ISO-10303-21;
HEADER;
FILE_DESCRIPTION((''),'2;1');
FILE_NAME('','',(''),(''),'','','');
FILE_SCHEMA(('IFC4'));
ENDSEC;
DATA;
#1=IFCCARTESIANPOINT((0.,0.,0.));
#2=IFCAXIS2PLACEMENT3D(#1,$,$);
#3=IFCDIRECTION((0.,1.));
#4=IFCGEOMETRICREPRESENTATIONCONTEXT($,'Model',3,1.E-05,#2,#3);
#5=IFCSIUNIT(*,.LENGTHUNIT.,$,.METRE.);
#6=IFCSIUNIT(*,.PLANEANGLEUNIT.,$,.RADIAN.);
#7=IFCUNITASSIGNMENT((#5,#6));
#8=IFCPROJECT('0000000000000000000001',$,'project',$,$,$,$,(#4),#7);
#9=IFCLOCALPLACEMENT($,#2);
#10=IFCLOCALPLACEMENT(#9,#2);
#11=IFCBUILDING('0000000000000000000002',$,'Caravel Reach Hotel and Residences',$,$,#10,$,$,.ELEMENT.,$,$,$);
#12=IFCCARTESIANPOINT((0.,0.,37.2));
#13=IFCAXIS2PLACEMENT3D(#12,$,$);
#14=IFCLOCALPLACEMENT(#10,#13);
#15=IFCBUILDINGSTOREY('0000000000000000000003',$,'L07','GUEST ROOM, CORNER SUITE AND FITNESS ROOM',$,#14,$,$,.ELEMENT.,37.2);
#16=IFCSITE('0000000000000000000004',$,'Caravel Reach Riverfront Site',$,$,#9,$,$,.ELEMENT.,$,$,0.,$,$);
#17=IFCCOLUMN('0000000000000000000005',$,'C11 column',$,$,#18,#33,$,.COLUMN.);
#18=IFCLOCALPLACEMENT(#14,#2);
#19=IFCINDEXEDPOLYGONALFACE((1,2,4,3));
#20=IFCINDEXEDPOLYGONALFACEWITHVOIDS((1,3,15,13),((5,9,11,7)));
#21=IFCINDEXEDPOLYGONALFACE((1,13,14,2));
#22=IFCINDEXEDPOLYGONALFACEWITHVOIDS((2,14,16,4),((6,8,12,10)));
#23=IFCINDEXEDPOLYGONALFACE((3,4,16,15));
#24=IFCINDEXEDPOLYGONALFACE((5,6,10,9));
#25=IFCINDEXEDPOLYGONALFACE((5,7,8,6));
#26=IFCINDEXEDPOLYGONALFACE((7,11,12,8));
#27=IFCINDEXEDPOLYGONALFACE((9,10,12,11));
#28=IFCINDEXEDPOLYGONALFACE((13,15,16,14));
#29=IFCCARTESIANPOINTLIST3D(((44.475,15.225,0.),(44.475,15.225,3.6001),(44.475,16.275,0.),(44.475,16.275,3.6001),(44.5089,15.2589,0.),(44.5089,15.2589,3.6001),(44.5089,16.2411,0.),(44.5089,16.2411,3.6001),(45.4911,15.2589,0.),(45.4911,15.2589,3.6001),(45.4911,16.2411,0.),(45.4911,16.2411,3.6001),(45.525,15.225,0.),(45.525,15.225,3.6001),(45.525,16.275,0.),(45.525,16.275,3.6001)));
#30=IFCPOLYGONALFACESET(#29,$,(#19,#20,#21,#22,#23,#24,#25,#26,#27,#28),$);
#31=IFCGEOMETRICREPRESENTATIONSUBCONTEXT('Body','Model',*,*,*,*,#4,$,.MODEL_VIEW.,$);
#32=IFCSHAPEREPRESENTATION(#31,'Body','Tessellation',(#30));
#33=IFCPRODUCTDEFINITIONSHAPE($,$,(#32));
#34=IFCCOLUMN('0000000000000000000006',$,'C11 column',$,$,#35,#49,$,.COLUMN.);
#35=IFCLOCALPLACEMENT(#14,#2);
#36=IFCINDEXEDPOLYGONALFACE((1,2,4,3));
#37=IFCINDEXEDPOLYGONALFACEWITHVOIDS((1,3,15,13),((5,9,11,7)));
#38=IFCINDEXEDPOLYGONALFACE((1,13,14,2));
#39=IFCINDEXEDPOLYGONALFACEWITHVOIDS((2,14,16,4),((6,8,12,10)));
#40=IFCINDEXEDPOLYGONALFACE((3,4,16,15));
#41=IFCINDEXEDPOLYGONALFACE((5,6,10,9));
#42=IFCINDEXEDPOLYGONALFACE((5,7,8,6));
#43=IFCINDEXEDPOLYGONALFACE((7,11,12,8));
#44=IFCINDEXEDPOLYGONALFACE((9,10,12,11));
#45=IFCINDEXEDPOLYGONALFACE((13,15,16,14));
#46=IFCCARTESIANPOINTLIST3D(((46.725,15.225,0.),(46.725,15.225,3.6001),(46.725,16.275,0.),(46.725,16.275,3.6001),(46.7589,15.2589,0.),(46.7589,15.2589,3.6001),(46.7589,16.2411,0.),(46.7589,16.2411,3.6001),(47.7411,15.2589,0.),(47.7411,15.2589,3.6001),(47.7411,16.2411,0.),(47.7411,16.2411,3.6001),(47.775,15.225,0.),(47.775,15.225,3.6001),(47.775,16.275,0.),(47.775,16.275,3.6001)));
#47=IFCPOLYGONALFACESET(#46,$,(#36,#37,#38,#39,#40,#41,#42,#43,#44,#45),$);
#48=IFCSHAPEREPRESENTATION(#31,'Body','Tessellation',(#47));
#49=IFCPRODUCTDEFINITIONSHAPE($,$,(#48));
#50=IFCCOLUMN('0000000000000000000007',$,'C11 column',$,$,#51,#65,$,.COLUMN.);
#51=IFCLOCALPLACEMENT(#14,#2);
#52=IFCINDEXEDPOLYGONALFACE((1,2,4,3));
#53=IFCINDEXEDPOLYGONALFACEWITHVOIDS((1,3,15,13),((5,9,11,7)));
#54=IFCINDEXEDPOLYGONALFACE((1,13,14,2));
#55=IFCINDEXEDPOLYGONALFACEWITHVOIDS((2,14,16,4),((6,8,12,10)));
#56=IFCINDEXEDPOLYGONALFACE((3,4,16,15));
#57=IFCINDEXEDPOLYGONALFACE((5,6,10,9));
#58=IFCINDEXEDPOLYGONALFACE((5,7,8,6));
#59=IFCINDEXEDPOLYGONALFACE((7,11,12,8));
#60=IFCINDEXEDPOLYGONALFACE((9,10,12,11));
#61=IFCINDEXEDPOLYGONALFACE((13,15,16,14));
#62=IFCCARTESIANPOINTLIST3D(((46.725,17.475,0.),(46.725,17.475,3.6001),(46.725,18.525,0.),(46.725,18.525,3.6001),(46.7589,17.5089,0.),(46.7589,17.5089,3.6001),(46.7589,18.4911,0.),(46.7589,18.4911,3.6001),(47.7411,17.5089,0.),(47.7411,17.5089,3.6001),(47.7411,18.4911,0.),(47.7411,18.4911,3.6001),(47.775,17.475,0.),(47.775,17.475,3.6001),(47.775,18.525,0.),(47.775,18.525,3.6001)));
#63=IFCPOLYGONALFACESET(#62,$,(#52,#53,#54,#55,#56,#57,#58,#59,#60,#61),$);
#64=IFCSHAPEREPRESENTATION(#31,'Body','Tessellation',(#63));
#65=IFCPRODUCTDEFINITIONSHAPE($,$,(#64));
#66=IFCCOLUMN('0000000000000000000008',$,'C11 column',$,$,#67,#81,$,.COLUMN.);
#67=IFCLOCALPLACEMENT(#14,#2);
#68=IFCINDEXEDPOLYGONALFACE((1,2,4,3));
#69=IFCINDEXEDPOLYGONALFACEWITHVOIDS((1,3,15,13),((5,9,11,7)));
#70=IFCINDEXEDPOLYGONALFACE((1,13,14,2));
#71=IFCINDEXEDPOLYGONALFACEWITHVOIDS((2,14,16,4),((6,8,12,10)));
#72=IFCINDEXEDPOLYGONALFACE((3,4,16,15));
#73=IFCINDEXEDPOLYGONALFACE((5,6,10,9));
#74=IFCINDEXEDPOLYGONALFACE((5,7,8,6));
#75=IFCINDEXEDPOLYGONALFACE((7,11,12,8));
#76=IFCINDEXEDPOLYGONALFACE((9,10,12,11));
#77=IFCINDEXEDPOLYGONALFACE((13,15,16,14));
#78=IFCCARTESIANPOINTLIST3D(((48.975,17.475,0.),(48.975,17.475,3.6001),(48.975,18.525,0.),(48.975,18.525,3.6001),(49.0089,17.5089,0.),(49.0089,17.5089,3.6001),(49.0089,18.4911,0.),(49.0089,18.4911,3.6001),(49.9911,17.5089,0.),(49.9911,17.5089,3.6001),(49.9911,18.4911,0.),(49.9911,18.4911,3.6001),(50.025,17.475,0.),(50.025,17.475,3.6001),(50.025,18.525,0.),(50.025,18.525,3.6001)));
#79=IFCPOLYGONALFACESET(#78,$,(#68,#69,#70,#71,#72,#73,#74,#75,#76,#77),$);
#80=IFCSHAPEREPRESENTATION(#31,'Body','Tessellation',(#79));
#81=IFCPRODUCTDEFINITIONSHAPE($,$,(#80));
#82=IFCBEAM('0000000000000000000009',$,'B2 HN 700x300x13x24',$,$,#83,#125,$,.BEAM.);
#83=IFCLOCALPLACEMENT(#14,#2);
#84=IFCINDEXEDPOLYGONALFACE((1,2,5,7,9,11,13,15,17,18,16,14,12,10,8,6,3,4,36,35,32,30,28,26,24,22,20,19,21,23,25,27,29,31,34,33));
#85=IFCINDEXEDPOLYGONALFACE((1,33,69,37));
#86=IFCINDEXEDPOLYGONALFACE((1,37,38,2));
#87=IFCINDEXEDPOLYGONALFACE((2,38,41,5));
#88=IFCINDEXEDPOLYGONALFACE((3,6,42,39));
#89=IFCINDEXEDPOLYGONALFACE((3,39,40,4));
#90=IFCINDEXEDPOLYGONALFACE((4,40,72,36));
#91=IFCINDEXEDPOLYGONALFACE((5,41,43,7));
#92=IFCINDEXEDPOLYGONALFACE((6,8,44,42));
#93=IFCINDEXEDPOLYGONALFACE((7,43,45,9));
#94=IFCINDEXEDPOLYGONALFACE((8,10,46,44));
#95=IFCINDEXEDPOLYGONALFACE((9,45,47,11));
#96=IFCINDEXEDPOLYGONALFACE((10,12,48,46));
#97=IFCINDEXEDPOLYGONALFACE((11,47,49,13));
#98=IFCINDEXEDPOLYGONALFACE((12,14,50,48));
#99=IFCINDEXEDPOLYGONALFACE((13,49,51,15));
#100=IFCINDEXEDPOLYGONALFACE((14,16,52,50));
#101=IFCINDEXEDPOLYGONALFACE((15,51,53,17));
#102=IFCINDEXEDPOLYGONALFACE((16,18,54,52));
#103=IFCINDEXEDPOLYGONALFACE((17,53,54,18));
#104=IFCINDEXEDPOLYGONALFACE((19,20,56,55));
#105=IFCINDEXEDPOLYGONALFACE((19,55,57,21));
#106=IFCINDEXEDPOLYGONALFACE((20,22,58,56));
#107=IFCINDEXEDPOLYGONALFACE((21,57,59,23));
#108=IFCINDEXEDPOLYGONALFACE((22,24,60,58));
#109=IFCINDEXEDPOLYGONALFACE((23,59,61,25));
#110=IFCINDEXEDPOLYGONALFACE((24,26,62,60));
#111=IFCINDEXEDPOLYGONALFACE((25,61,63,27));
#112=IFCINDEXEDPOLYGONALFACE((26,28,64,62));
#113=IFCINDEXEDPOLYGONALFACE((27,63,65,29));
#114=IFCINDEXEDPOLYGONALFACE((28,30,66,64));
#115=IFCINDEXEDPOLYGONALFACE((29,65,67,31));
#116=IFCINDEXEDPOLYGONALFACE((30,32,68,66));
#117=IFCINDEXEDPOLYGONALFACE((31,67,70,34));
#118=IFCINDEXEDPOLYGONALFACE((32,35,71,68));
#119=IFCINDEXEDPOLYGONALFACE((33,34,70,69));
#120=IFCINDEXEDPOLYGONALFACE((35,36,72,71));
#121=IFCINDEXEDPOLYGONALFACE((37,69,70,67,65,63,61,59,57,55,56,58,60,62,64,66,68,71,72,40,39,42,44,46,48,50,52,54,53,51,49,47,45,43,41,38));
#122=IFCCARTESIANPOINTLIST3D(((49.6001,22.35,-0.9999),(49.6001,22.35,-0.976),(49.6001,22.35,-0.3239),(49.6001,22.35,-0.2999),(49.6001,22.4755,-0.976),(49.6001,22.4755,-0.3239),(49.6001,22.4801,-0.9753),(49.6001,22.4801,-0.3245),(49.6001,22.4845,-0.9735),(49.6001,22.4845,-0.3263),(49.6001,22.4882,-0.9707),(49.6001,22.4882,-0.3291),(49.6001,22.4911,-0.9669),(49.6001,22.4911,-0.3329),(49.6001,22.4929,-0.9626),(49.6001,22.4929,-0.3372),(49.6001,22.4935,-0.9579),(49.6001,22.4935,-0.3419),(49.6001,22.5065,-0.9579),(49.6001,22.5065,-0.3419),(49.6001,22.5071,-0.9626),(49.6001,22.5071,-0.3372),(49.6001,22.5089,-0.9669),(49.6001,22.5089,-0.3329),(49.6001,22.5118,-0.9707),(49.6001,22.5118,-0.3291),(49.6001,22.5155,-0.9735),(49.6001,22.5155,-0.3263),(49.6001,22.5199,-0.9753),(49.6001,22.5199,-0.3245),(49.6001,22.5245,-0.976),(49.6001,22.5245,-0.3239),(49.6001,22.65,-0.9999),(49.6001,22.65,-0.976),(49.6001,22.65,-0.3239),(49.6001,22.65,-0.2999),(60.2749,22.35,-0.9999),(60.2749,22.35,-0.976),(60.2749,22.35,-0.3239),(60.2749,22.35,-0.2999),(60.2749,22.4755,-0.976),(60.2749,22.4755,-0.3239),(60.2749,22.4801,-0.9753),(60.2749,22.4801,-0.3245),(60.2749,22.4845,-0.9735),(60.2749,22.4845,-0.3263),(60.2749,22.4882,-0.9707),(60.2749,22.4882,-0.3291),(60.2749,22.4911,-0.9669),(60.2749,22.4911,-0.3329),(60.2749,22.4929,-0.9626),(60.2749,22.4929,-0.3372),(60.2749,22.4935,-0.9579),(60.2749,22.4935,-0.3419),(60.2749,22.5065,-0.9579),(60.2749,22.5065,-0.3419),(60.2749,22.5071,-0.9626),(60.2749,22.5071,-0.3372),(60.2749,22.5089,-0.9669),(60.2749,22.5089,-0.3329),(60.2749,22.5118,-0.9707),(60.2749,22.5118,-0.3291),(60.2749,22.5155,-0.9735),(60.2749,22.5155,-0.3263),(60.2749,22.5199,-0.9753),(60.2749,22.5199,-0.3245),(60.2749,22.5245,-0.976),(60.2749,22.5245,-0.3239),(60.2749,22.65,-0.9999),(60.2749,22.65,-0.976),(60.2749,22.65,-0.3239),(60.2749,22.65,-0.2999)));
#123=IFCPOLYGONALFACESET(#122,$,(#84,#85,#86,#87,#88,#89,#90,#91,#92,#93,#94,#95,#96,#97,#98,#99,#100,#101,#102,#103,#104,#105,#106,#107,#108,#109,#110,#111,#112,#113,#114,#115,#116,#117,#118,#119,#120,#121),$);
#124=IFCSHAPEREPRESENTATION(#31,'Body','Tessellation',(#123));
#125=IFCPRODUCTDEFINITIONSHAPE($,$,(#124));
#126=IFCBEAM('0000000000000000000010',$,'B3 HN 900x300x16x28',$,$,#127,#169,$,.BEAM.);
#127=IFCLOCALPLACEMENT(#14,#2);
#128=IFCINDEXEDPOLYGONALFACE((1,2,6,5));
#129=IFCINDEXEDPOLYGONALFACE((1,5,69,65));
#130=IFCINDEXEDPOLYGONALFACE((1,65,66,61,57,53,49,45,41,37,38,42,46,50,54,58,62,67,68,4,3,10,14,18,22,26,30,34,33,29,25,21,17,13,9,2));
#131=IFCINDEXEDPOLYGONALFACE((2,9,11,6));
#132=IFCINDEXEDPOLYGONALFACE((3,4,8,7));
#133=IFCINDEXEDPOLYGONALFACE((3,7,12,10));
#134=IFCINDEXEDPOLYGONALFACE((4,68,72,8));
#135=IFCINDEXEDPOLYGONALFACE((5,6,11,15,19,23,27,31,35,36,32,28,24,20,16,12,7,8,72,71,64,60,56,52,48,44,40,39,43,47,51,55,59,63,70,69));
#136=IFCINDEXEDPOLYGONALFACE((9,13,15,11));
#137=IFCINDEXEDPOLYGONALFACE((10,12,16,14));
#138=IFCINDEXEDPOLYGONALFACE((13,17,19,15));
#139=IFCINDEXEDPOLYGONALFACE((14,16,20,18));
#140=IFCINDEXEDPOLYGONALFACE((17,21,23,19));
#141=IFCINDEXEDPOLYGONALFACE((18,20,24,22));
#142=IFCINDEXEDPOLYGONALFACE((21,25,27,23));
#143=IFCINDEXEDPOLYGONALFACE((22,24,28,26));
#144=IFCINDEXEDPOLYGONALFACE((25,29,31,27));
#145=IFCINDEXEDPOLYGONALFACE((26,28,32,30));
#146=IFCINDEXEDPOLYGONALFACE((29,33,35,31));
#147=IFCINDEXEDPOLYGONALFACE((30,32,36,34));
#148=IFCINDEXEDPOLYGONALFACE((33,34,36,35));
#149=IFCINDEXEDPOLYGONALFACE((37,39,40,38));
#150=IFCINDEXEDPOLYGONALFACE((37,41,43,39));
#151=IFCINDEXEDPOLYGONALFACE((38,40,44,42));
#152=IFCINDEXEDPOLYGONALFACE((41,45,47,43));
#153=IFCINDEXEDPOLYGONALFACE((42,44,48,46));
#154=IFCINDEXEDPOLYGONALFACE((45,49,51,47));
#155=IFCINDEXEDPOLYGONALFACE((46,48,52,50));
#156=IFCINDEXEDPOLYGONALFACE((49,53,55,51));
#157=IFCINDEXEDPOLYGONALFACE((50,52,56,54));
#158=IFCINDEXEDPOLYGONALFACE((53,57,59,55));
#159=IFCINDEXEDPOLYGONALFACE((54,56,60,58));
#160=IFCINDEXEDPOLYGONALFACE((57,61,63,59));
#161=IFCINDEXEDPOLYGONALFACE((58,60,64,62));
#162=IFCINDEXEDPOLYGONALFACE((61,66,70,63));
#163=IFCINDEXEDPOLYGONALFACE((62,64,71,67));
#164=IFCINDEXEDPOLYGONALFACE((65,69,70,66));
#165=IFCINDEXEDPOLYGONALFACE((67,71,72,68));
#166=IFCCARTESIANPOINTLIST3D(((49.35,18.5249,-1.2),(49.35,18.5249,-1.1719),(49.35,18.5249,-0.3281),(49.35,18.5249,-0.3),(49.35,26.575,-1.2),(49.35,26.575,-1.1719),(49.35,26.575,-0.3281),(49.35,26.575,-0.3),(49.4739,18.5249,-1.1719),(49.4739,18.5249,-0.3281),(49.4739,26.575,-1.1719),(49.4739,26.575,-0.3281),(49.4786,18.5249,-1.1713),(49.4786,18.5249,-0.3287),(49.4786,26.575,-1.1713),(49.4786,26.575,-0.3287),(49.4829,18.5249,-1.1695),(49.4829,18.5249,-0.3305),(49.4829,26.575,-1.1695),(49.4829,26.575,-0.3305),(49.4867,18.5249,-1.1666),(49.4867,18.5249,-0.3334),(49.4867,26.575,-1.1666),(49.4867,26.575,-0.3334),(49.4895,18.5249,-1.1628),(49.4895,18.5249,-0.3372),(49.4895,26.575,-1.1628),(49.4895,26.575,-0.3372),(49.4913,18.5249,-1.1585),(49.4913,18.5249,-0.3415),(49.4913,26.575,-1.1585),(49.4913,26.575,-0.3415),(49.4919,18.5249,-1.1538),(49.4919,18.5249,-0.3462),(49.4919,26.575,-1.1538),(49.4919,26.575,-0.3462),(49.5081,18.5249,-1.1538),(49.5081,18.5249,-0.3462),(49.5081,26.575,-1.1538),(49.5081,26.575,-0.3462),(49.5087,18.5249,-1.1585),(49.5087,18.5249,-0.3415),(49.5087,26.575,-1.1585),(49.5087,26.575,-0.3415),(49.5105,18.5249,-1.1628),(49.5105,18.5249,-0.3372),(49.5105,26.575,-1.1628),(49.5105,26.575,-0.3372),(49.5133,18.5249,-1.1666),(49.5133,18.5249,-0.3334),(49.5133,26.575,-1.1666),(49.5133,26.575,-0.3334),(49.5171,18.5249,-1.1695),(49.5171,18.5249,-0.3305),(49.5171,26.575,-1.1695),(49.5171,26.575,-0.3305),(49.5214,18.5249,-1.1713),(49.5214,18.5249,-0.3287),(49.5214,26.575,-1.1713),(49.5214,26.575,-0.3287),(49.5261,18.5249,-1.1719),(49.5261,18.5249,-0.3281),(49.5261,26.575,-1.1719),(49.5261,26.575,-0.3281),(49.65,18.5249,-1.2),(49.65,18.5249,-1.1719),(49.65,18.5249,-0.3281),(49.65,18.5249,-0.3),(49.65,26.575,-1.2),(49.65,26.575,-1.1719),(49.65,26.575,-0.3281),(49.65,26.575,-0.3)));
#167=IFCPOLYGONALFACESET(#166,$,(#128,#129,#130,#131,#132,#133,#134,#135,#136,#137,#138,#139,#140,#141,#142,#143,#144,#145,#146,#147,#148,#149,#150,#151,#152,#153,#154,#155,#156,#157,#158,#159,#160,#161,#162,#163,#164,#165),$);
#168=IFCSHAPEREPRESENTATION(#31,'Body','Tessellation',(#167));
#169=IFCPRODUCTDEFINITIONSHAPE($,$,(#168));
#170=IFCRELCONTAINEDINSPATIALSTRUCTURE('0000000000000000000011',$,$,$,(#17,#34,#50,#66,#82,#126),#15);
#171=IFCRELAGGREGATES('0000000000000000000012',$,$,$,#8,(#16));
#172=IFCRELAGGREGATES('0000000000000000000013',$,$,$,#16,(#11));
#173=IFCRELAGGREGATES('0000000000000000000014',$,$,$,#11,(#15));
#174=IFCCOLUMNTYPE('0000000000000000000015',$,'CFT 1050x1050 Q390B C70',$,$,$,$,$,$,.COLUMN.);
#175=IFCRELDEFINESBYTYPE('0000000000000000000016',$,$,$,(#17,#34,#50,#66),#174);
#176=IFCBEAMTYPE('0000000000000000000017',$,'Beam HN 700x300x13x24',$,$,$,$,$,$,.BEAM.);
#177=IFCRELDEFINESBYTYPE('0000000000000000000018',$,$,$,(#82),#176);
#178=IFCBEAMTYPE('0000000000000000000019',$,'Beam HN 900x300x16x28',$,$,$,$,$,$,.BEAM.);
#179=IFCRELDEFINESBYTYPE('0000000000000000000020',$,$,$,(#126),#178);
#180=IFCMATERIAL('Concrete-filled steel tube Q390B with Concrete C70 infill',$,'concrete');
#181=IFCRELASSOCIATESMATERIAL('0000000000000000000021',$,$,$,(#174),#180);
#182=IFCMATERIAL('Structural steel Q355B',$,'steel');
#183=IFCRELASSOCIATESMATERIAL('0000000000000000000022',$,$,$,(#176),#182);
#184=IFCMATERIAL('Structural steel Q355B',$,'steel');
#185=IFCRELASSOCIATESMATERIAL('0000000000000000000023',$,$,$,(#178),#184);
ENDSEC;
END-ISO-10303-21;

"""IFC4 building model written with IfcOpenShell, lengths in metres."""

from ifc_helpers import new_model, si_unit, direction, frame, origin, origin_2d, place, context, subcontext, project, spatial, hollow_rectangle, i_section, extrude, material, material_profile, profile_set, type_object, element, save


model = new_model("IFC4")

# Units and contexts
model_context = context("Model", 3, precision=1e-05, world=origin(), true_north=direction((0.0, 1.0)))
body_context = subcontext(model_context, "Body", "Model", "MODEL_VIEW")
ifc_project = project(units=[si_unit("LENGTHUNIT", "METRE"), si_unit("PLANEANGLEUNIT", "RADIAN")], contexts=[model_context])

# Site, building, storey
site_placement = place(None, origin())
site = spatial("IfcSite", under=ifc_project, at=site_placement, Name="Caravel Reach Riverfront Site", CompositionType="ELEMENT", RefElevation=0.0)
building_placement = place(site_placement, origin())
building = spatial("IfcBuilding", under=site, at=building_placement, Name="Caravel Reach Hotel and Residences", CompositionType="ELEMENT")
storey_placement = place(building_placement, frame((0.0, 0.0, 37.2)))
storey = spatial("IfcBuildingStorey", under=building, at=storey_placement, Name="L07", Description="GUEST ROOM, CORNER SUITE AND FITNESS ROOM", CompositionType="ELEMENT", Elevation=37.2)

# Columns
ifc_material_1 = material(Name="Concrete-filled steel tube Q390B with Concrete C70 infill", Category="concrete")
ifc_material_profile_1 = material_profile(ifc_material_1, hollow_rectangle(XDim=1.05, YDim=1.05, WallThickness=0.0339, at=origin_2d()), Name="RHS 1050x1050x34")
ifc_profile_set_1 = profile_set([ifc_material_profile_1], Name="Concrete-filled steel tube Q390B with Concrete C70 infill")
column_type = type_object("IfcColumnType", Name="CFT 1050x1050 Q390B C70", PredefinedType="COLUMN", material=ifc_profile_set_1)
for number, where, z_axis, x_axis, name in (
    (1, (45.0, 15.75, 0.0), (0.0, 0.0, 1.0), (1.0, 0.0, 0.0), "C11 column"),
    (2, (47.25, 15.75, 0.0), (0.0, 0.0, 1.0), (1.0, 0.0, 0.0), "C11 column"),
    (3, (47.25, 18.0, 0.0), (0.0, 0.0, 1.0), (1.0, 0.0, 0.0), "C11 column"),
    (4, (49.5, 18.0, 0.0), (0.0, 0.0, 1.0), (1.0, 0.0, 0.0), "C11 column"),
):
    element("IfcColumn", number, at=place(storey_placement, frame(where, z_axis=z_axis, x_axis=x_axis)), inside=storey, type_object=column_type, Name=name, PredefinedType="COLUMN", context=body_context, shape_type="SweptSolid", body=[
        extrude(hollow_rectangle(XDim=1.05, YDim=1.05, WallThickness=0.0339, at=origin_2d()), origin(), (0.0, 0.0, 1.0), 3.6001),
    ])

# Beams
ifc_material_2 = material(Name="Structural steel Q355B", Category="steel")
ifc_material_profile_2 = material_profile(ifc_material_2, i_section(OverallWidth=0.3, OverallDepth=0.7, WebThickness=0.0129, FlangeThickness=0.0239, FilletRadius=0.0181, at=origin_2d()), Name="HN 700x300x13x24")
ifc_profile_set_2 = profile_set([ifc_material_profile_2], Name="Structural steel Q355B")
beam_type_1 = type_object("IfcBeamType", Name="Beam HN 700x300x13x24", PredefinedType="BEAM", material=ifc_profile_set_2)
beam_1_placement = place(storey_placement, frame((49.6001, 22.5, -0.6499), z_axis=(1.0, 0.0, 0.0), x_axis=(0.0, 1.0, 0.0)))
element("IfcBeam", 5, at=beam_1_placement, inside=storey, type_object=beam_type_1, Name="B2 HN 700x300x13x24", PredefinedType="BEAM", context=body_context, shape_type="SweptSolid", body=[
    extrude(i_section(OverallWidth=0.3, OverallDepth=0.7, WebThickness=0.0129, FlangeThickness=0.0239, FilletRadius=0.0181, at=origin_2d()), origin(), (0.0, 0.0, 1.0), 10.6748),
])
ifc_material_3 = material(Name="Structural steel Q355B", Category="steel")
ifc_material_profile_3 = material_profile(ifc_material_3, i_section(OverallWidth=0.3, OverallDepth=0.8999, WebThickness=0.0161, FlangeThickness=0.0281, FilletRadius=0.0181, at=origin_2d()), Name="HN 900x300x16x28")
ifc_profile_set_3 = profile_set([ifc_material_profile_3], Name="Structural steel Q355B")
beam_type_2 = type_object("IfcBeamType", Name="Beam HN 900x300x16x28", PredefinedType="BEAM", material=ifc_profile_set_3)
beam_2_placement = place(storey_placement, frame((49.5, 18.5249, -0.75), z_axis=(0.0, 1.0, 0.0), x_axis=(-1.0, 0.0, 0.0)))
element("IfcBeam", 6, at=beam_2_placement, inside=storey, type_object=beam_type_2, Name="B3 HN 900x300x16x28", PredefinedType="BEAM", context=body_context, shape_type="SweptSolid", body=[
    extrude(i_section(OverallWidth=0.3, OverallDepth=0.8999, WebThickness=0.0161, FlangeThickness=0.0281, FilletRadius=0.0181, at=origin_2d()), origin(), (0.0, 0.0, 1.0), 8.05),
])

save(model, "model.ifc")
